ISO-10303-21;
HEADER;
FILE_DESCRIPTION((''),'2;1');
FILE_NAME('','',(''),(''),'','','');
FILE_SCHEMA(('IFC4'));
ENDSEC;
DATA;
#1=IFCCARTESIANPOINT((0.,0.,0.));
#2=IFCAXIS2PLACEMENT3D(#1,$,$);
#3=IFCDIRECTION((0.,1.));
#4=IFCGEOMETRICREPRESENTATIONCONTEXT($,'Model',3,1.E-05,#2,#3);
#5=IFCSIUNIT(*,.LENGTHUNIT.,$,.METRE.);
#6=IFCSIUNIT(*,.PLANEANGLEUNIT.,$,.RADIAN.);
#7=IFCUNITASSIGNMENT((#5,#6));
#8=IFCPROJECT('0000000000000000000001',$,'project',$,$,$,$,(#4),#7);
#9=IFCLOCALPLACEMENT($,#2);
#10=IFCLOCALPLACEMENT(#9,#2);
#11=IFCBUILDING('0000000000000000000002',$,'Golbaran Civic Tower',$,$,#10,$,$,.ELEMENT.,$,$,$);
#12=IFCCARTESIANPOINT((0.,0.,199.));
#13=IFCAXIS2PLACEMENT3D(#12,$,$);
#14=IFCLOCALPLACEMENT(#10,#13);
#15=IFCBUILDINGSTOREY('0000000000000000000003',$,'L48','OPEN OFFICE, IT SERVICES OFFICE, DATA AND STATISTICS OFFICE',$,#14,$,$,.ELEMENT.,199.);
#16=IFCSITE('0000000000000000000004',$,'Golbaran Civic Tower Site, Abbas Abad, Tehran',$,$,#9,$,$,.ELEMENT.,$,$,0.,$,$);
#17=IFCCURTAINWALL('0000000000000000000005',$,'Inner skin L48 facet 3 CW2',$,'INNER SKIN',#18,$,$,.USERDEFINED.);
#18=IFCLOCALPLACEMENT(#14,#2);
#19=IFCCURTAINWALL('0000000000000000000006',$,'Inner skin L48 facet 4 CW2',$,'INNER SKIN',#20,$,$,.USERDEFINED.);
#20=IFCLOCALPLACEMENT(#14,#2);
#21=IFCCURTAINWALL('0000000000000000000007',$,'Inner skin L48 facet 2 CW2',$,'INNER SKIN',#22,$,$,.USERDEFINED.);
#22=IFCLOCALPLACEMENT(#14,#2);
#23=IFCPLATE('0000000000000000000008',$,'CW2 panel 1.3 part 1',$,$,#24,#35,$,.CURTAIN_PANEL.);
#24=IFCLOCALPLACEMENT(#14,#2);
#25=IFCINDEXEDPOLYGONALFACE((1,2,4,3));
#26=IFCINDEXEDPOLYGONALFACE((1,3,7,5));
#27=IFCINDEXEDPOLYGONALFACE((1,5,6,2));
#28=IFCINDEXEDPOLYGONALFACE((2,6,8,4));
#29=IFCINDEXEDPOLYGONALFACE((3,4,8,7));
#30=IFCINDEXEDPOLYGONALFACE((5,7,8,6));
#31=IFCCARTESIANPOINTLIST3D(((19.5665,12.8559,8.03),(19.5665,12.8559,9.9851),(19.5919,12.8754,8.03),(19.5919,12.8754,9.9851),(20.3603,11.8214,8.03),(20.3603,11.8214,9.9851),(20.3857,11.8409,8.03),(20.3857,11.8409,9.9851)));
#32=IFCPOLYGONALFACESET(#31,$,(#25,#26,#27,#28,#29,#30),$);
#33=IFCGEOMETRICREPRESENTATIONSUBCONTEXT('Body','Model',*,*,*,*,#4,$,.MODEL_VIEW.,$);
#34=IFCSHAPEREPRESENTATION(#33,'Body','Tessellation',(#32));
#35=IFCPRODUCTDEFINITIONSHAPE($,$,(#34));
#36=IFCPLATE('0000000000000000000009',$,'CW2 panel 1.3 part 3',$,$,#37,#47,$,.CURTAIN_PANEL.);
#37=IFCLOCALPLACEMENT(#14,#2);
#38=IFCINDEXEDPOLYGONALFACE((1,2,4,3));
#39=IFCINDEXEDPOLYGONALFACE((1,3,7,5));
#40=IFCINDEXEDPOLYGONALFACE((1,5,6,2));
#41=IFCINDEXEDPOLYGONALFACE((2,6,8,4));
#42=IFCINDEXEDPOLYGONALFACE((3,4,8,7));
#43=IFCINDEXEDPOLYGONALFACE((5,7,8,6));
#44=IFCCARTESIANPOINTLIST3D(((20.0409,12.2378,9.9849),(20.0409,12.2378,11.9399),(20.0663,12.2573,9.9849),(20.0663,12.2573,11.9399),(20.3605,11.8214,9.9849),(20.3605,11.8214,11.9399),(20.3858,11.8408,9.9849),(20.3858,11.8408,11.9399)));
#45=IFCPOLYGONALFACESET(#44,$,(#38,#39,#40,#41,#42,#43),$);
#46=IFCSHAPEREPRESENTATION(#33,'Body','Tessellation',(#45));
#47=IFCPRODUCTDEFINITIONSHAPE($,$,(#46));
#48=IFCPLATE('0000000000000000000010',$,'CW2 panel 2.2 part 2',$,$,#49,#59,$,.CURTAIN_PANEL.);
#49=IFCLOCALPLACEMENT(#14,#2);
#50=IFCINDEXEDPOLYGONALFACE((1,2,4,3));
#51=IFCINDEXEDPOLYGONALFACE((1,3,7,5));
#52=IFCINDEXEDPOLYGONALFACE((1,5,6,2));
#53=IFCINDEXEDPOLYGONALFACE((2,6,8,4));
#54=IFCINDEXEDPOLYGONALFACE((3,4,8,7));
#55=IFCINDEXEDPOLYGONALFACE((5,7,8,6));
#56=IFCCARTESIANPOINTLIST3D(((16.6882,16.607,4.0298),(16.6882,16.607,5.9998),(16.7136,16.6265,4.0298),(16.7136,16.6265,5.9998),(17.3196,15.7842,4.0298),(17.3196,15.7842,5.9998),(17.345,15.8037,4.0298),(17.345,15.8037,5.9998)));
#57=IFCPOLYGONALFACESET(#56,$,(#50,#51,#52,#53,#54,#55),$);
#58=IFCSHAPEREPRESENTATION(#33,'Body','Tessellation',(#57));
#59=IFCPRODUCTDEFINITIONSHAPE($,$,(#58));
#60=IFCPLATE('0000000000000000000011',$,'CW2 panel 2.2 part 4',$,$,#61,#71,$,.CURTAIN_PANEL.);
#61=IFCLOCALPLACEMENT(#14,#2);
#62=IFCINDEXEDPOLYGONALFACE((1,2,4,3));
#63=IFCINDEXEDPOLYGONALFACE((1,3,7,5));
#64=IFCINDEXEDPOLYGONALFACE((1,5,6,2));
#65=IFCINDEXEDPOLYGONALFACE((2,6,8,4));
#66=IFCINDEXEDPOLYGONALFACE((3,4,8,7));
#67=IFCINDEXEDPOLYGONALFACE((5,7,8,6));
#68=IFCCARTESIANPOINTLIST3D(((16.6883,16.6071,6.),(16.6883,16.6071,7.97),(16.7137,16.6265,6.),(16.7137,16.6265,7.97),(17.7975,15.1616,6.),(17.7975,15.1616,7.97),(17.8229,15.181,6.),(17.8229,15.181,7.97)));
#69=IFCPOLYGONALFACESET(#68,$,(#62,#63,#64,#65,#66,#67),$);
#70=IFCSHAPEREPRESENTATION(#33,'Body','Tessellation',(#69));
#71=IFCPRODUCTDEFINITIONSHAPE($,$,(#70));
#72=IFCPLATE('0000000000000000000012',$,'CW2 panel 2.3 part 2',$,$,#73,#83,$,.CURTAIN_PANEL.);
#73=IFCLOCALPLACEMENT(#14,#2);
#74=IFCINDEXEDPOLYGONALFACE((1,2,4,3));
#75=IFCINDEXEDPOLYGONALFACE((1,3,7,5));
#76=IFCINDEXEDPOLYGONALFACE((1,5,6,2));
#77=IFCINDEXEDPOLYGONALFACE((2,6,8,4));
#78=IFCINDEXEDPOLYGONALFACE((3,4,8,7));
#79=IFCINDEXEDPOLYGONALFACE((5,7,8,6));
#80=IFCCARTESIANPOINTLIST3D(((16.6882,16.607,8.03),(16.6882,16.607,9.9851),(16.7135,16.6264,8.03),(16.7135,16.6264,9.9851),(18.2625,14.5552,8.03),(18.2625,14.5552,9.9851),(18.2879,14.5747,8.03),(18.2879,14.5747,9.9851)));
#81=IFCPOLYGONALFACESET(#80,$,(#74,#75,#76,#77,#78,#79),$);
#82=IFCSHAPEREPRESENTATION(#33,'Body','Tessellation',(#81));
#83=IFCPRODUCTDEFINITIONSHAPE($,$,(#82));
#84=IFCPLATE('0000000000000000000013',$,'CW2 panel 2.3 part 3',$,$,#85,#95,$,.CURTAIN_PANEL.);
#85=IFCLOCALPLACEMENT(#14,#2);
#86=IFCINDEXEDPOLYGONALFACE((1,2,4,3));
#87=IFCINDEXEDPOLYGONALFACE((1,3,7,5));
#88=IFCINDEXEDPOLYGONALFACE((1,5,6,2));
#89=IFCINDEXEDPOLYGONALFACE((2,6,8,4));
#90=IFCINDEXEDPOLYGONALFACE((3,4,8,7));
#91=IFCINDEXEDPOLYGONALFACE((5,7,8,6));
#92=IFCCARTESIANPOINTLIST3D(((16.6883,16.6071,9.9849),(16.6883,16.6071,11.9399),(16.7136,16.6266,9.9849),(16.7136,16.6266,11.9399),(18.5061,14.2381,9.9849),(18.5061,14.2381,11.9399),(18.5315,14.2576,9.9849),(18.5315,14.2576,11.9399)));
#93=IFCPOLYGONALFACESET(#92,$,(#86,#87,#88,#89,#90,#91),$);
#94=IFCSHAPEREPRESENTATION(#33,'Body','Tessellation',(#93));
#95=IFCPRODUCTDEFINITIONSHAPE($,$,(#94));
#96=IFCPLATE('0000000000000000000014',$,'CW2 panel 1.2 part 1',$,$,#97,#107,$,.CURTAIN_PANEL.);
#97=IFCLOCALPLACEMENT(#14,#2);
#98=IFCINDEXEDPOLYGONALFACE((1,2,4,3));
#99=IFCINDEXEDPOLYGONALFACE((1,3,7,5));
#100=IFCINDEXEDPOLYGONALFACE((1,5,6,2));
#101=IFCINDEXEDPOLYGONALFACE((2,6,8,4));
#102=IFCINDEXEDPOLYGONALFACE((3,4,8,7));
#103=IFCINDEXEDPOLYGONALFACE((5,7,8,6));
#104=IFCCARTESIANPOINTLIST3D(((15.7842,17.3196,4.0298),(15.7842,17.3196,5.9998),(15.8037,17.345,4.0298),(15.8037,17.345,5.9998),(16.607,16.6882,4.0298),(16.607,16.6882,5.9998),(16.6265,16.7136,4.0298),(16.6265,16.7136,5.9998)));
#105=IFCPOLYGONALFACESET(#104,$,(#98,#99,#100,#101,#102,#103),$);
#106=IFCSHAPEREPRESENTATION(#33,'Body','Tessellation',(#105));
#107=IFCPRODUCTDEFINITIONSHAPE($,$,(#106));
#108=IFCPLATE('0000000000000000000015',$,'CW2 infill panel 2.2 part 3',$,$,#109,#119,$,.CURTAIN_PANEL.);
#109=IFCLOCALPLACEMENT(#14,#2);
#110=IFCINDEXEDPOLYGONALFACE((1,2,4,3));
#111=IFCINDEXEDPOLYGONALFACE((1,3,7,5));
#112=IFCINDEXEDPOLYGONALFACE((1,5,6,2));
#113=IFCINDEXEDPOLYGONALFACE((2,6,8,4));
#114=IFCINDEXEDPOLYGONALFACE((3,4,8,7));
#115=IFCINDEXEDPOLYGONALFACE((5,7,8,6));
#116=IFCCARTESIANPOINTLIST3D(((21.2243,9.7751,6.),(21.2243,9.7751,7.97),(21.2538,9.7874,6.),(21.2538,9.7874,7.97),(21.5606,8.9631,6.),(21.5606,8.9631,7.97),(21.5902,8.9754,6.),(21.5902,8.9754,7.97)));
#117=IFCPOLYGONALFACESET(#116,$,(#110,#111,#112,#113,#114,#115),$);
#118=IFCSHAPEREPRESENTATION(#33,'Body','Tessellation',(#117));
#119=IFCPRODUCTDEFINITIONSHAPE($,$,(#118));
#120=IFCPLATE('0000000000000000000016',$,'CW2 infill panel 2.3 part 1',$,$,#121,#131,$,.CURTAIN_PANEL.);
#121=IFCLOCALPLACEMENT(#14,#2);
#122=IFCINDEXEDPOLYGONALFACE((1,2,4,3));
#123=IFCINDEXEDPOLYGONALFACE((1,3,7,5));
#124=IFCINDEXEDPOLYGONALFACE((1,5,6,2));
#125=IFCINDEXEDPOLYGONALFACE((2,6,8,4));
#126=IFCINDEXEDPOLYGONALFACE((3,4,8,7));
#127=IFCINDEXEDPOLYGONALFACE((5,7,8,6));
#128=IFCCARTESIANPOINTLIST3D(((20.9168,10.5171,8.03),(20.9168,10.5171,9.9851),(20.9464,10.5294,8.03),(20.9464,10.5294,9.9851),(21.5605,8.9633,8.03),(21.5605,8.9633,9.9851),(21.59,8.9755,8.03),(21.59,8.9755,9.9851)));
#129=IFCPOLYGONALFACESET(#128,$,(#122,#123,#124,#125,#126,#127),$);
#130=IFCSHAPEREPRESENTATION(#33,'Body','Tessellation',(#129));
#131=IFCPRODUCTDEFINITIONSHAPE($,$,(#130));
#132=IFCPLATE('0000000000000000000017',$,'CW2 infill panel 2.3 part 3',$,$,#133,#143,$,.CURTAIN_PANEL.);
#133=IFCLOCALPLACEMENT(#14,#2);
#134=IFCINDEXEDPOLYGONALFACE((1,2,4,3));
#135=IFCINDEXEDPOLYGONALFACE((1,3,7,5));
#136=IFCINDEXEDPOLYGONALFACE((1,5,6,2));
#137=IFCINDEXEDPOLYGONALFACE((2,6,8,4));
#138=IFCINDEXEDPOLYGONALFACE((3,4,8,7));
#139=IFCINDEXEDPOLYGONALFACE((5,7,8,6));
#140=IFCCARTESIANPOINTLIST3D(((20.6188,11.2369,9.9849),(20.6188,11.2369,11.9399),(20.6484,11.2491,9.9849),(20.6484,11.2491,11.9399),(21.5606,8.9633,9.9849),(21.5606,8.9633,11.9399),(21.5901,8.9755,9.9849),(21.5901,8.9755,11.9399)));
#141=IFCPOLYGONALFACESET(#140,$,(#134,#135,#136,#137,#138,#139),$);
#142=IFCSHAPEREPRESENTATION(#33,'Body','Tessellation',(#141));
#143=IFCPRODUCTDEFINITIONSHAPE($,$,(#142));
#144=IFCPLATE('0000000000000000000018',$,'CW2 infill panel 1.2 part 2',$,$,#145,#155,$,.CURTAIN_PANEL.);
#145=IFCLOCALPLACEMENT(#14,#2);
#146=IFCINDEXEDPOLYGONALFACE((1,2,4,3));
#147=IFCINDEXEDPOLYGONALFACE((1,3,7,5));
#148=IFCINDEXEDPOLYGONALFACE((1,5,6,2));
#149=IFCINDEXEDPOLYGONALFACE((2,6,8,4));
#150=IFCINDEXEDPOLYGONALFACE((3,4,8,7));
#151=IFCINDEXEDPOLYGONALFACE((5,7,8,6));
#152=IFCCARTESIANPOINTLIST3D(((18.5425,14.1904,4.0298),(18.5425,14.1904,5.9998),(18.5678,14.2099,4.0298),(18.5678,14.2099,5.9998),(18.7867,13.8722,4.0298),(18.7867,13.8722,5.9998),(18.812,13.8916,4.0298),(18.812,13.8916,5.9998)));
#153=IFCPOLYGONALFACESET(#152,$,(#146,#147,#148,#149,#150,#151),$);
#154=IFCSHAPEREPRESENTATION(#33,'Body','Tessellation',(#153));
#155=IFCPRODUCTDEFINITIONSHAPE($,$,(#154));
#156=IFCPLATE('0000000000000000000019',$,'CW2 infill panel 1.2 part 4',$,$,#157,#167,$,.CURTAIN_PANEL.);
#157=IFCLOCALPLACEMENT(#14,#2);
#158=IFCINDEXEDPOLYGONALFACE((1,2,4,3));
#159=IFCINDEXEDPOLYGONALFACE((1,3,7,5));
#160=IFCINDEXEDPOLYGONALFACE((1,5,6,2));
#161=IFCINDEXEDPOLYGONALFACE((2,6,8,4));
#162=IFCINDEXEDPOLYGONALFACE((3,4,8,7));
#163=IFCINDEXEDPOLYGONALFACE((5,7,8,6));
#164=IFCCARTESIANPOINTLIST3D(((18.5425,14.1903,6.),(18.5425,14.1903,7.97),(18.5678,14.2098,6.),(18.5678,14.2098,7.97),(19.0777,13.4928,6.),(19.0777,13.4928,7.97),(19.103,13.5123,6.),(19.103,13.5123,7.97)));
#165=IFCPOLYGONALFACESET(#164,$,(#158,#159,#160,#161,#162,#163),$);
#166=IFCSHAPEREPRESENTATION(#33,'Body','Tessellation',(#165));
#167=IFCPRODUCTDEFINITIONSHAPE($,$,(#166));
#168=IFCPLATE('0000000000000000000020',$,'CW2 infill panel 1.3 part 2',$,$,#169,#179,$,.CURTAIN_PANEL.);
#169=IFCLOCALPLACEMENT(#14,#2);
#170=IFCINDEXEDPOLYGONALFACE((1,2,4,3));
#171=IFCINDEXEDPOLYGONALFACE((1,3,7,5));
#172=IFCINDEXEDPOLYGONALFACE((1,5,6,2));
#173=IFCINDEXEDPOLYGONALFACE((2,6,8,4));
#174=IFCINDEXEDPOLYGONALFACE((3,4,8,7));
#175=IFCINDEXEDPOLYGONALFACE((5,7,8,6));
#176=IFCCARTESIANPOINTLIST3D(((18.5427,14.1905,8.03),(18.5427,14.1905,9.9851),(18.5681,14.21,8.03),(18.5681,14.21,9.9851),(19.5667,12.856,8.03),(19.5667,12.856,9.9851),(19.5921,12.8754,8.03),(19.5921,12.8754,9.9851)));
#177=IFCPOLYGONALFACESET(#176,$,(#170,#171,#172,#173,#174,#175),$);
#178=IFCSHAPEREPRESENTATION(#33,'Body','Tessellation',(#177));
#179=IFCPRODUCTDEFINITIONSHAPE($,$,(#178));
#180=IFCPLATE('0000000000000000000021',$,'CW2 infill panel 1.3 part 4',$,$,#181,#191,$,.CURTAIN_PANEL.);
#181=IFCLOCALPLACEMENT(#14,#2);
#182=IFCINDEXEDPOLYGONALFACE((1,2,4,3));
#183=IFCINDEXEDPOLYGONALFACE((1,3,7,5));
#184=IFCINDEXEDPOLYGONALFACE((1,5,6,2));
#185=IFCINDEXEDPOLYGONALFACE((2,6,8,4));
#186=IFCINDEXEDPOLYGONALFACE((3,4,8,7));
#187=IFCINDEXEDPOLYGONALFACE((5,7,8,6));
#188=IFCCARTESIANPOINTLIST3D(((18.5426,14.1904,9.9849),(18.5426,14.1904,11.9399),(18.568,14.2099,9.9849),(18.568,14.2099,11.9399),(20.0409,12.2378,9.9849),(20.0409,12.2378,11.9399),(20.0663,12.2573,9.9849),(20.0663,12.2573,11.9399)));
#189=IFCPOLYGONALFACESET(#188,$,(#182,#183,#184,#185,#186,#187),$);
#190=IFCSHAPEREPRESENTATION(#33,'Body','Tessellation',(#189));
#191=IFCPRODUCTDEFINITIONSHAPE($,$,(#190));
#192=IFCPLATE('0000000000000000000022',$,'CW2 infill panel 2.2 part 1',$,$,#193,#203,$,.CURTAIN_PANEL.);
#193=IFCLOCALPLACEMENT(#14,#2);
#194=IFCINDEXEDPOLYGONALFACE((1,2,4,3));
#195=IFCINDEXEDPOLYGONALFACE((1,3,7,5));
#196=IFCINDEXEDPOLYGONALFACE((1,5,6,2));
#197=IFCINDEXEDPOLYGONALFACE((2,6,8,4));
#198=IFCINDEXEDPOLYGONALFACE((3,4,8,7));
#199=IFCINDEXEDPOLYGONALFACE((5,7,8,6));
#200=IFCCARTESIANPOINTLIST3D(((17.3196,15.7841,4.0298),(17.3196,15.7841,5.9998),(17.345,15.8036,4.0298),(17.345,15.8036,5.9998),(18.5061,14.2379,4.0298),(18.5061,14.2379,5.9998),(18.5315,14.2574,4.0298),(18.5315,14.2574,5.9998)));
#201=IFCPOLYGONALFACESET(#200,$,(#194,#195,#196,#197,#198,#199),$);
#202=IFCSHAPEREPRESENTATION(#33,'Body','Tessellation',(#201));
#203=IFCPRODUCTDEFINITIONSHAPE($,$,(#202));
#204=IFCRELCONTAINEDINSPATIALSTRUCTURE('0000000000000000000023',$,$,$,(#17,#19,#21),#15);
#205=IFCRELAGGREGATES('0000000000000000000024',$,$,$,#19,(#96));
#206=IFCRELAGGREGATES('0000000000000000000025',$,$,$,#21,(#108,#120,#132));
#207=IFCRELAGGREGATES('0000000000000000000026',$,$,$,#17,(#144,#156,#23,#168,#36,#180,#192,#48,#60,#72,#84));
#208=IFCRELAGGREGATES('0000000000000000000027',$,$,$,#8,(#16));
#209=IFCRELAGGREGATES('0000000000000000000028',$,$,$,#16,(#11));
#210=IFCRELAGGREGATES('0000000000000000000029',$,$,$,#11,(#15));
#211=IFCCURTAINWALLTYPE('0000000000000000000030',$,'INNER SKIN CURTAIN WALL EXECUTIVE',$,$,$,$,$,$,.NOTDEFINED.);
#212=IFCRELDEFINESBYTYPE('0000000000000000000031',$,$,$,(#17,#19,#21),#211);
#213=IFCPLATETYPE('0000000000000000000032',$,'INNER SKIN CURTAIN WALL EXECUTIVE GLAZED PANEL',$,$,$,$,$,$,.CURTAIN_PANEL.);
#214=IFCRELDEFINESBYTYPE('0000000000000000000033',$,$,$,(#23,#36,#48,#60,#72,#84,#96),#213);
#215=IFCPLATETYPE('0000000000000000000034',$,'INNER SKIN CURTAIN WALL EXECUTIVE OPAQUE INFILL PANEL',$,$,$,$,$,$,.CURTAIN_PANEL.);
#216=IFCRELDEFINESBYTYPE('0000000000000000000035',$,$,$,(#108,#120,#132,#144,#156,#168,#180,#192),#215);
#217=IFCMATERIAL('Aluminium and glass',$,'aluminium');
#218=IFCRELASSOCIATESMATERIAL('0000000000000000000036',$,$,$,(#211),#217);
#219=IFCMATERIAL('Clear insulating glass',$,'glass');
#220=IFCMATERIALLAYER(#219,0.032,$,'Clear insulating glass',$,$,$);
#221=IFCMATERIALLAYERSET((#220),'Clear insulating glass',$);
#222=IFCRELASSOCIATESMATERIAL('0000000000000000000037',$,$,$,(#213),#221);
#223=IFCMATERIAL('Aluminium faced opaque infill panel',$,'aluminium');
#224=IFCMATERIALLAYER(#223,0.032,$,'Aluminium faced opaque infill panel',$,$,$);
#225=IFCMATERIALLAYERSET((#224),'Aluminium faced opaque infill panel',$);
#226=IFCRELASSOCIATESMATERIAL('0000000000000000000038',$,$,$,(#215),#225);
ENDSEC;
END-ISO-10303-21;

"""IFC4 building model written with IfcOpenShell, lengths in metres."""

from ifc_helpers import new_model, si_unit, direction, frame, origin, origin_2d, place, context, subcontext, project, spatial, rectangle, extrude, material, layer, layer_set, type_object, element, aggregate, save


model = new_model("IFC4")

# Units and contexts
model_context = context("Model", 3, precision=1e-05, world=origin(), true_north=direction((0.0, 1.0)))
body_context = subcontext(model_context, "Body", "Model", "MODEL_VIEW")
ifc_project = project(units=[si_unit("LENGTHUNIT", "METRE"), si_unit("PLANEANGLEUNIT", "RADIAN")], contexts=[model_context])

# Site, building, storey
site_placement = place(None, origin())
site = spatial("IfcSite", under=ifc_project, at=site_placement, Name="Golbaran Civic Tower Site, Abbas Abad, Tehran", CompositionType="ELEMENT", RefElevation=0.0)
building_placement = place(site_placement, origin())
building = spatial("IfcBuilding", under=site, at=building_placement, Name="Golbaran Civic Tower", CompositionType="ELEMENT")
storey_placement = place(building_placement, frame((0.0, 0.0, 199.0)))
storey = spatial("IfcBuildingStorey", under=building, at=storey_placement, Name="L48", Description="OPEN OFFICE, IT SERVICES OFFICE, DATA AND STATISTICS OFFICE", CompositionType="ELEMENT", Elevation=199.0)

# Curtain walls
ifc_material_1 = material(Name="Aluminium and glass", Category="aluminium")
curtain_wall_type_1 = type_object("IfcCurtainWallType", Name="INNER SKIN CURTAIN WALL EXECUTIVE", PredefinedType="NOTDEFINED", material=ifc_material_1)
curtain_wall_1_placement = place(storey_placement, origin())
curtain_wall_1 = element("IfcCurtainWall", 1, at=curtain_wall_1_placement, inside=storey, type_object=curtain_wall_type_1, Name="Inner skin L48 facet 3 CW2", ObjectType="INNER SKIN", PredefinedType="USERDEFINED")
curtain_wall_2_placement = place(storey_placement, origin())
curtain_wall_2 = element("IfcCurtainWall", 2, at=curtain_wall_2_placement, inside=storey, type_object=curtain_wall_type_1, Name="Inner skin L48 facet 4 CW2", ObjectType="INNER SKIN", PredefinedType="USERDEFINED")

# Curtain wall
curtain_wall_3_placement = place(storey_placement, origin())
curtain_wall_3 = element("IfcCurtainWall", 3, at=curtain_wall_3_placement, inside=storey, type_object=curtain_wall_type_1, Name="Inner skin L48 facet 2 CW2", ObjectType="INNER SKIN", PredefinedType="USERDEFINED")
ifc_material_2 = material(Name="Clear insulating glass", Category="glass")
ifc_layer_1 = layer(ifc_material_2, 0.032, Name="Clear insulating glass")
ifc_layer_set_1 = layer_set([ifc_layer_1], Name="Clear insulating glass")
plate_type_1 = type_object("IfcPlateType", Name="INNER SKIN CURTAIN WALL EXECUTIVE GLAZED PANEL", PredefinedType="CURTAIN_PANEL", material=ifc_layer_set_1)

# Plates
plate_1_placement = place(storey_placement, frame((19.9761, 12.3484, 8.03), z_axis=(0.0, 0.0, 1.0), x_axis=(-0.608761, 0.793353, 0.0)))
plate_1 = element("IfcPlate", 4, at=plate_1_placement, type_object=plate_type_1, Name="CW2 panel 1.3 part 1", PredefinedType="CURTAIN_PANEL", context=body_context, shape_type="SweptSolid", body=[
    extrude(rectangle(XDim=1.304, YDim=0.032, at=origin_2d()), origin(), (0.0, 0.0, 1.0), 1.9551),
])
plate_2_placement = place(storey_placement, frame((20.2134, 12.0393, 9.9849), z_axis=(0.0, 0.0, 1.0), x_axis=(-0.608761, 0.793353, 0.0)))
plate_2 = element("IfcPlate", 5, at=plate_2_placement, type_object=plate_type_1, Name="CW2 panel 1.3 part 3", PredefinedType="CURTAIN_PANEL", context=body_context, shape_type="SweptSolid", body=[
    extrude(rectangle(XDim=0.5249, YDim=0.032, at=origin_2d()), origin(), (0.0, 0.0, 1.0), 1.9551),
])
plate_3_placement = place(storey_placement, frame((17.0166, 16.2053, 4.0298), z_axis=(0.0, 0.0, 1.0), x_axis=(-0.608761, 0.793353, 0.0)))
plate_3 = element("IfcPlate", 6, at=plate_3_placement, type_object=plate_type_1, Name="CW2 panel 2.2 part 2", PredefinedType="CURTAIN_PANEL", context=body_context, shape_type="SweptSolid", body=[
    extrude(rectangle(XDim=1.0371, YDim=0.032, at=origin_2d()), origin(), (0.0, 0.0, 1.0), 1.97),
])
plate_4_placement = place(storey_placement, frame((17.2556, 15.894, 6.0), z_axis=(0.0, 0.0, 1.0), x_axis=(-0.608761, 0.793353, 0.0)))
plate_4 = element("IfcPlate", 7, at=plate_4_placement, type_object=plate_type_1, Name="CW2 panel 2.2 part 4", PredefinedType="CURTAIN_PANEL", context=body_context, shape_type="SweptSolid", body=[
    extrude(rectangle(XDim=1.822, YDim=0.032, at=origin_2d()), origin(), (0.0, 0.0, 1.0), 1.97),
])
plate_5_placement = place(storey_placement, frame((17.488, 15.5908, 8.03), z_axis=(0.0, 0.0, 1.0), x_axis=(-0.608761, 0.793353, 0.0)))
plate_5 = element("IfcPlate", 8, at=plate_5_placement, type_object=plate_type_1, Name="CW2 panel 2.3 part 2", PredefinedType="CURTAIN_PANEL", context=body_context, shape_type="SweptSolid", body=[
    extrude(rectangle(XDim=2.5862, YDim=0.032, at=origin_2d()), origin(), (0.0, 0.0, 1.0), 1.9551),
])
plate_6_placement = place(storey_placement, frame((17.6099, 15.4324, 9.9849), z_axis=(0.0, 0.0, 1.0), x_axis=(-0.608761, 0.793353, 0.0)))
plate_6 = element("IfcPlate", 9, at=plate_6_placement, type_object=plate_type_1, Name="CW2 panel 2.3 part 3", PredefinedType="CURTAIN_PANEL", context=body_context, shape_type="SweptSolid", body=[
    extrude(rectangle(XDim=2.9861, YDim=0.032, at=origin_2d()), origin(), (0.0, 0.0, 1.0), 1.9551),
])
plate_7_placement = place(storey_placement, frame((16.2053, 17.0166, 4.0298), z_axis=(0.0, 0.0, 1.0), x_axis=(-0.793353, 0.608761, 0.0)))
plate_7 = element("IfcPlate", 10, at=plate_7_placement, type_object=plate_type_1, Name="CW2 panel 1.2 part 1", PredefinedType="CURTAIN_PANEL", context=body_context, shape_type="SweptSolid", body=[
    extrude(rectangle(XDim=1.0371, YDim=0.032, at=origin_2d()), origin(), (0.0, 0.0, 1.0), 1.97),
])
aggregate(curtain_wall_2, [plate_7])
ifc_material_3 = material(Name="Aluminium faced opaque infill panel", Category="aluminium")
ifc_layer_2 = layer(ifc_material_3, 0.032, Name="Aluminium faced opaque infill panel")
ifc_layer_set_2 = layer_set([ifc_layer_2], Name="Aluminium faced opaque infill panel")
plate_type_2 = type_object("IfcPlateType", Name="INNER SKIN CURTAIN WALL EXECUTIVE OPAQUE INFILL PANEL", PredefinedType="CURTAIN_PANEL", material=ifc_layer_set_2)
plate_8_placement = place(storey_placement, frame((21.4072, 9.3752, 6.0), z_axis=(0.0, 0.0, 1.0), x_axis=(-0.382683, 0.92388, 0.0)))
plate_8 = element("IfcPlate", 11, at=plate_8_placement, type_object=plate_type_2, Name="CW2 infill panel 2.2 part 3", PredefinedType="CURTAIN_PANEL", context=body_context, shape_type="SweptSolid", body=[
    extrude(rectangle(XDim=0.8789, YDim=0.032, at=origin_2d()), origin(), (0.0, 0.0, 1.0), 1.97),
])
plate_9_placement = place(storey_placement, frame((21.2534, 9.7463, 8.03), z_axis=(0.0, 0.0, 1.0), x_axis=(-0.382683, 0.92388, 0.0)))
plate_9 = element("IfcPlate", 12, at=plate_9_placement, type_object=plate_type_2, Name="CW2 infill panel 2.3 part 1", PredefinedType="CURTAIN_PANEL", context=body_context, shape_type="SweptSolid", body=[
    extrude(rectangle(XDim=1.6819, YDim=0.032, at=origin_2d()), origin(), (0.0, 0.0, 1.0), 1.9551),
])
plate_10_placement = place(storey_placement, frame((21.1045, 10.1062, 9.9849), z_axis=(0.0, 0.0, 1.0), x_axis=(-0.382683, 0.92388, 0.0)))
plate_10 = element("IfcPlate", 13, at=plate_10_placement, type_object=plate_type_2, Name="CW2 infill panel 2.3 part 3", PredefinedType="CURTAIN_PANEL", context=body_context, shape_type="SweptSolid", body=[
    extrude(rectangle(XDim=2.4609, YDim=0.032, at=origin_2d()), origin(), (0.0, 0.0, 1.0), 1.9551),
])
aggregate(curtain_wall_3, [plate_8, plate_9, plate_10])
plate_11_placement = place(storey_placement, frame((18.6772, 14.041, 4.0298), z_axis=(0.0, 0.0, 1.0), x_axis=(-0.608761, 0.793353, 0.0)))
plate_11 = element("IfcPlate", 14, at=plate_11_placement, type_object=plate_type_2, Name="CW2 infill panel 1.2 part 2", PredefinedType="CURTAIN_PANEL", context=body_context, shape_type="SweptSolid", body=[
    extrude(rectangle(XDim=0.4011, YDim=0.032, at=origin_2d()), origin(), (0.0, 0.0, 1.0), 1.97),
])
plate_12_placement = place(storey_placement, frame((18.8228, 13.8513, 6.0), z_axis=(0.0, 0.0, 1.0), x_axis=(-0.608761, 0.793353, 0.0)))
plate_12 = element("IfcPlate", 15, at=plate_12_placement, type_object=plate_type_2, Name="CW2 infill panel 1.2 part 4", PredefinedType="CURTAIN_PANEL", context=body_context, shape_type="SweptSolid", body=[
    extrude(rectangle(XDim=0.8792, YDim=0.032, at=origin_2d()), origin(), (0.0, 0.0, 1.0), 1.97),
])
plate_13_placement = place(storey_placement, frame((19.0674, 13.533, 8.03), z_axis=(0.0, 0.0, 1.0), x_axis=(-0.608761, 0.793353, 0.0)))
plate_13 = element("IfcPlate", 16, at=plate_13_placement, type_object=plate_type_2, Name="CW2 infill panel 1.3 part 2", PredefinedType="CURTAIN_PANEL", context=body_context, shape_type="SweptSolid", body=[
    extrude(rectangle(XDim=1.6821, YDim=0.032, at=origin_2d()), origin(), (0.0, 0.0, 1.0), 1.9551),
])
plate_14_placement = place(storey_placement, frame((19.3044, 13.2239, 9.9849), z_axis=(0.0, 0.0, 1.0), x_axis=(-0.608761, 0.793353, 0.0)))
plate_14 = element("IfcPlate", 17, at=plate_14_placement, type_object=plate_type_2, Name="CW2 infill panel 1.3 part 4", PredefinedType="CURTAIN_PANEL", context=body_context, shape_type="SweptSolid", body=[
    extrude(rectangle(XDim=2.4612, YDim=0.032, at=origin_2d()), origin(), (0.0, 0.0, 1.0), 1.9551),
])
plate_15_placement = place(storey_placement, frame((17.9255, 15.0208, 4.0298), z_axis=(0.0, 0.0, 1.0), x_axis=(-0.608761, 0.793353, 0.0)))
plate_15 = element("IfcPlate", 18, at=plate_15_placement, type_object=plate_type_2, Name="CW2 infill panel 2.2 part 1", PredefinedType="CURTAIN_PANEL", context=body_context, shape_type="SweptSolid", body=[
    extrude(rectangle(XDim=1.949, YDim=0.032, at=origin_2d()), origin(), (0.0, 0.0, 1.0), 1.97),
])
aggregate(curtain_wall_1, [plate_11, plate_12, plate_1, plate_13, plate_2, plate_14, plate_15, plate_3, plate_4, plate_5, plate_6])

save(model, "model.ifc")
